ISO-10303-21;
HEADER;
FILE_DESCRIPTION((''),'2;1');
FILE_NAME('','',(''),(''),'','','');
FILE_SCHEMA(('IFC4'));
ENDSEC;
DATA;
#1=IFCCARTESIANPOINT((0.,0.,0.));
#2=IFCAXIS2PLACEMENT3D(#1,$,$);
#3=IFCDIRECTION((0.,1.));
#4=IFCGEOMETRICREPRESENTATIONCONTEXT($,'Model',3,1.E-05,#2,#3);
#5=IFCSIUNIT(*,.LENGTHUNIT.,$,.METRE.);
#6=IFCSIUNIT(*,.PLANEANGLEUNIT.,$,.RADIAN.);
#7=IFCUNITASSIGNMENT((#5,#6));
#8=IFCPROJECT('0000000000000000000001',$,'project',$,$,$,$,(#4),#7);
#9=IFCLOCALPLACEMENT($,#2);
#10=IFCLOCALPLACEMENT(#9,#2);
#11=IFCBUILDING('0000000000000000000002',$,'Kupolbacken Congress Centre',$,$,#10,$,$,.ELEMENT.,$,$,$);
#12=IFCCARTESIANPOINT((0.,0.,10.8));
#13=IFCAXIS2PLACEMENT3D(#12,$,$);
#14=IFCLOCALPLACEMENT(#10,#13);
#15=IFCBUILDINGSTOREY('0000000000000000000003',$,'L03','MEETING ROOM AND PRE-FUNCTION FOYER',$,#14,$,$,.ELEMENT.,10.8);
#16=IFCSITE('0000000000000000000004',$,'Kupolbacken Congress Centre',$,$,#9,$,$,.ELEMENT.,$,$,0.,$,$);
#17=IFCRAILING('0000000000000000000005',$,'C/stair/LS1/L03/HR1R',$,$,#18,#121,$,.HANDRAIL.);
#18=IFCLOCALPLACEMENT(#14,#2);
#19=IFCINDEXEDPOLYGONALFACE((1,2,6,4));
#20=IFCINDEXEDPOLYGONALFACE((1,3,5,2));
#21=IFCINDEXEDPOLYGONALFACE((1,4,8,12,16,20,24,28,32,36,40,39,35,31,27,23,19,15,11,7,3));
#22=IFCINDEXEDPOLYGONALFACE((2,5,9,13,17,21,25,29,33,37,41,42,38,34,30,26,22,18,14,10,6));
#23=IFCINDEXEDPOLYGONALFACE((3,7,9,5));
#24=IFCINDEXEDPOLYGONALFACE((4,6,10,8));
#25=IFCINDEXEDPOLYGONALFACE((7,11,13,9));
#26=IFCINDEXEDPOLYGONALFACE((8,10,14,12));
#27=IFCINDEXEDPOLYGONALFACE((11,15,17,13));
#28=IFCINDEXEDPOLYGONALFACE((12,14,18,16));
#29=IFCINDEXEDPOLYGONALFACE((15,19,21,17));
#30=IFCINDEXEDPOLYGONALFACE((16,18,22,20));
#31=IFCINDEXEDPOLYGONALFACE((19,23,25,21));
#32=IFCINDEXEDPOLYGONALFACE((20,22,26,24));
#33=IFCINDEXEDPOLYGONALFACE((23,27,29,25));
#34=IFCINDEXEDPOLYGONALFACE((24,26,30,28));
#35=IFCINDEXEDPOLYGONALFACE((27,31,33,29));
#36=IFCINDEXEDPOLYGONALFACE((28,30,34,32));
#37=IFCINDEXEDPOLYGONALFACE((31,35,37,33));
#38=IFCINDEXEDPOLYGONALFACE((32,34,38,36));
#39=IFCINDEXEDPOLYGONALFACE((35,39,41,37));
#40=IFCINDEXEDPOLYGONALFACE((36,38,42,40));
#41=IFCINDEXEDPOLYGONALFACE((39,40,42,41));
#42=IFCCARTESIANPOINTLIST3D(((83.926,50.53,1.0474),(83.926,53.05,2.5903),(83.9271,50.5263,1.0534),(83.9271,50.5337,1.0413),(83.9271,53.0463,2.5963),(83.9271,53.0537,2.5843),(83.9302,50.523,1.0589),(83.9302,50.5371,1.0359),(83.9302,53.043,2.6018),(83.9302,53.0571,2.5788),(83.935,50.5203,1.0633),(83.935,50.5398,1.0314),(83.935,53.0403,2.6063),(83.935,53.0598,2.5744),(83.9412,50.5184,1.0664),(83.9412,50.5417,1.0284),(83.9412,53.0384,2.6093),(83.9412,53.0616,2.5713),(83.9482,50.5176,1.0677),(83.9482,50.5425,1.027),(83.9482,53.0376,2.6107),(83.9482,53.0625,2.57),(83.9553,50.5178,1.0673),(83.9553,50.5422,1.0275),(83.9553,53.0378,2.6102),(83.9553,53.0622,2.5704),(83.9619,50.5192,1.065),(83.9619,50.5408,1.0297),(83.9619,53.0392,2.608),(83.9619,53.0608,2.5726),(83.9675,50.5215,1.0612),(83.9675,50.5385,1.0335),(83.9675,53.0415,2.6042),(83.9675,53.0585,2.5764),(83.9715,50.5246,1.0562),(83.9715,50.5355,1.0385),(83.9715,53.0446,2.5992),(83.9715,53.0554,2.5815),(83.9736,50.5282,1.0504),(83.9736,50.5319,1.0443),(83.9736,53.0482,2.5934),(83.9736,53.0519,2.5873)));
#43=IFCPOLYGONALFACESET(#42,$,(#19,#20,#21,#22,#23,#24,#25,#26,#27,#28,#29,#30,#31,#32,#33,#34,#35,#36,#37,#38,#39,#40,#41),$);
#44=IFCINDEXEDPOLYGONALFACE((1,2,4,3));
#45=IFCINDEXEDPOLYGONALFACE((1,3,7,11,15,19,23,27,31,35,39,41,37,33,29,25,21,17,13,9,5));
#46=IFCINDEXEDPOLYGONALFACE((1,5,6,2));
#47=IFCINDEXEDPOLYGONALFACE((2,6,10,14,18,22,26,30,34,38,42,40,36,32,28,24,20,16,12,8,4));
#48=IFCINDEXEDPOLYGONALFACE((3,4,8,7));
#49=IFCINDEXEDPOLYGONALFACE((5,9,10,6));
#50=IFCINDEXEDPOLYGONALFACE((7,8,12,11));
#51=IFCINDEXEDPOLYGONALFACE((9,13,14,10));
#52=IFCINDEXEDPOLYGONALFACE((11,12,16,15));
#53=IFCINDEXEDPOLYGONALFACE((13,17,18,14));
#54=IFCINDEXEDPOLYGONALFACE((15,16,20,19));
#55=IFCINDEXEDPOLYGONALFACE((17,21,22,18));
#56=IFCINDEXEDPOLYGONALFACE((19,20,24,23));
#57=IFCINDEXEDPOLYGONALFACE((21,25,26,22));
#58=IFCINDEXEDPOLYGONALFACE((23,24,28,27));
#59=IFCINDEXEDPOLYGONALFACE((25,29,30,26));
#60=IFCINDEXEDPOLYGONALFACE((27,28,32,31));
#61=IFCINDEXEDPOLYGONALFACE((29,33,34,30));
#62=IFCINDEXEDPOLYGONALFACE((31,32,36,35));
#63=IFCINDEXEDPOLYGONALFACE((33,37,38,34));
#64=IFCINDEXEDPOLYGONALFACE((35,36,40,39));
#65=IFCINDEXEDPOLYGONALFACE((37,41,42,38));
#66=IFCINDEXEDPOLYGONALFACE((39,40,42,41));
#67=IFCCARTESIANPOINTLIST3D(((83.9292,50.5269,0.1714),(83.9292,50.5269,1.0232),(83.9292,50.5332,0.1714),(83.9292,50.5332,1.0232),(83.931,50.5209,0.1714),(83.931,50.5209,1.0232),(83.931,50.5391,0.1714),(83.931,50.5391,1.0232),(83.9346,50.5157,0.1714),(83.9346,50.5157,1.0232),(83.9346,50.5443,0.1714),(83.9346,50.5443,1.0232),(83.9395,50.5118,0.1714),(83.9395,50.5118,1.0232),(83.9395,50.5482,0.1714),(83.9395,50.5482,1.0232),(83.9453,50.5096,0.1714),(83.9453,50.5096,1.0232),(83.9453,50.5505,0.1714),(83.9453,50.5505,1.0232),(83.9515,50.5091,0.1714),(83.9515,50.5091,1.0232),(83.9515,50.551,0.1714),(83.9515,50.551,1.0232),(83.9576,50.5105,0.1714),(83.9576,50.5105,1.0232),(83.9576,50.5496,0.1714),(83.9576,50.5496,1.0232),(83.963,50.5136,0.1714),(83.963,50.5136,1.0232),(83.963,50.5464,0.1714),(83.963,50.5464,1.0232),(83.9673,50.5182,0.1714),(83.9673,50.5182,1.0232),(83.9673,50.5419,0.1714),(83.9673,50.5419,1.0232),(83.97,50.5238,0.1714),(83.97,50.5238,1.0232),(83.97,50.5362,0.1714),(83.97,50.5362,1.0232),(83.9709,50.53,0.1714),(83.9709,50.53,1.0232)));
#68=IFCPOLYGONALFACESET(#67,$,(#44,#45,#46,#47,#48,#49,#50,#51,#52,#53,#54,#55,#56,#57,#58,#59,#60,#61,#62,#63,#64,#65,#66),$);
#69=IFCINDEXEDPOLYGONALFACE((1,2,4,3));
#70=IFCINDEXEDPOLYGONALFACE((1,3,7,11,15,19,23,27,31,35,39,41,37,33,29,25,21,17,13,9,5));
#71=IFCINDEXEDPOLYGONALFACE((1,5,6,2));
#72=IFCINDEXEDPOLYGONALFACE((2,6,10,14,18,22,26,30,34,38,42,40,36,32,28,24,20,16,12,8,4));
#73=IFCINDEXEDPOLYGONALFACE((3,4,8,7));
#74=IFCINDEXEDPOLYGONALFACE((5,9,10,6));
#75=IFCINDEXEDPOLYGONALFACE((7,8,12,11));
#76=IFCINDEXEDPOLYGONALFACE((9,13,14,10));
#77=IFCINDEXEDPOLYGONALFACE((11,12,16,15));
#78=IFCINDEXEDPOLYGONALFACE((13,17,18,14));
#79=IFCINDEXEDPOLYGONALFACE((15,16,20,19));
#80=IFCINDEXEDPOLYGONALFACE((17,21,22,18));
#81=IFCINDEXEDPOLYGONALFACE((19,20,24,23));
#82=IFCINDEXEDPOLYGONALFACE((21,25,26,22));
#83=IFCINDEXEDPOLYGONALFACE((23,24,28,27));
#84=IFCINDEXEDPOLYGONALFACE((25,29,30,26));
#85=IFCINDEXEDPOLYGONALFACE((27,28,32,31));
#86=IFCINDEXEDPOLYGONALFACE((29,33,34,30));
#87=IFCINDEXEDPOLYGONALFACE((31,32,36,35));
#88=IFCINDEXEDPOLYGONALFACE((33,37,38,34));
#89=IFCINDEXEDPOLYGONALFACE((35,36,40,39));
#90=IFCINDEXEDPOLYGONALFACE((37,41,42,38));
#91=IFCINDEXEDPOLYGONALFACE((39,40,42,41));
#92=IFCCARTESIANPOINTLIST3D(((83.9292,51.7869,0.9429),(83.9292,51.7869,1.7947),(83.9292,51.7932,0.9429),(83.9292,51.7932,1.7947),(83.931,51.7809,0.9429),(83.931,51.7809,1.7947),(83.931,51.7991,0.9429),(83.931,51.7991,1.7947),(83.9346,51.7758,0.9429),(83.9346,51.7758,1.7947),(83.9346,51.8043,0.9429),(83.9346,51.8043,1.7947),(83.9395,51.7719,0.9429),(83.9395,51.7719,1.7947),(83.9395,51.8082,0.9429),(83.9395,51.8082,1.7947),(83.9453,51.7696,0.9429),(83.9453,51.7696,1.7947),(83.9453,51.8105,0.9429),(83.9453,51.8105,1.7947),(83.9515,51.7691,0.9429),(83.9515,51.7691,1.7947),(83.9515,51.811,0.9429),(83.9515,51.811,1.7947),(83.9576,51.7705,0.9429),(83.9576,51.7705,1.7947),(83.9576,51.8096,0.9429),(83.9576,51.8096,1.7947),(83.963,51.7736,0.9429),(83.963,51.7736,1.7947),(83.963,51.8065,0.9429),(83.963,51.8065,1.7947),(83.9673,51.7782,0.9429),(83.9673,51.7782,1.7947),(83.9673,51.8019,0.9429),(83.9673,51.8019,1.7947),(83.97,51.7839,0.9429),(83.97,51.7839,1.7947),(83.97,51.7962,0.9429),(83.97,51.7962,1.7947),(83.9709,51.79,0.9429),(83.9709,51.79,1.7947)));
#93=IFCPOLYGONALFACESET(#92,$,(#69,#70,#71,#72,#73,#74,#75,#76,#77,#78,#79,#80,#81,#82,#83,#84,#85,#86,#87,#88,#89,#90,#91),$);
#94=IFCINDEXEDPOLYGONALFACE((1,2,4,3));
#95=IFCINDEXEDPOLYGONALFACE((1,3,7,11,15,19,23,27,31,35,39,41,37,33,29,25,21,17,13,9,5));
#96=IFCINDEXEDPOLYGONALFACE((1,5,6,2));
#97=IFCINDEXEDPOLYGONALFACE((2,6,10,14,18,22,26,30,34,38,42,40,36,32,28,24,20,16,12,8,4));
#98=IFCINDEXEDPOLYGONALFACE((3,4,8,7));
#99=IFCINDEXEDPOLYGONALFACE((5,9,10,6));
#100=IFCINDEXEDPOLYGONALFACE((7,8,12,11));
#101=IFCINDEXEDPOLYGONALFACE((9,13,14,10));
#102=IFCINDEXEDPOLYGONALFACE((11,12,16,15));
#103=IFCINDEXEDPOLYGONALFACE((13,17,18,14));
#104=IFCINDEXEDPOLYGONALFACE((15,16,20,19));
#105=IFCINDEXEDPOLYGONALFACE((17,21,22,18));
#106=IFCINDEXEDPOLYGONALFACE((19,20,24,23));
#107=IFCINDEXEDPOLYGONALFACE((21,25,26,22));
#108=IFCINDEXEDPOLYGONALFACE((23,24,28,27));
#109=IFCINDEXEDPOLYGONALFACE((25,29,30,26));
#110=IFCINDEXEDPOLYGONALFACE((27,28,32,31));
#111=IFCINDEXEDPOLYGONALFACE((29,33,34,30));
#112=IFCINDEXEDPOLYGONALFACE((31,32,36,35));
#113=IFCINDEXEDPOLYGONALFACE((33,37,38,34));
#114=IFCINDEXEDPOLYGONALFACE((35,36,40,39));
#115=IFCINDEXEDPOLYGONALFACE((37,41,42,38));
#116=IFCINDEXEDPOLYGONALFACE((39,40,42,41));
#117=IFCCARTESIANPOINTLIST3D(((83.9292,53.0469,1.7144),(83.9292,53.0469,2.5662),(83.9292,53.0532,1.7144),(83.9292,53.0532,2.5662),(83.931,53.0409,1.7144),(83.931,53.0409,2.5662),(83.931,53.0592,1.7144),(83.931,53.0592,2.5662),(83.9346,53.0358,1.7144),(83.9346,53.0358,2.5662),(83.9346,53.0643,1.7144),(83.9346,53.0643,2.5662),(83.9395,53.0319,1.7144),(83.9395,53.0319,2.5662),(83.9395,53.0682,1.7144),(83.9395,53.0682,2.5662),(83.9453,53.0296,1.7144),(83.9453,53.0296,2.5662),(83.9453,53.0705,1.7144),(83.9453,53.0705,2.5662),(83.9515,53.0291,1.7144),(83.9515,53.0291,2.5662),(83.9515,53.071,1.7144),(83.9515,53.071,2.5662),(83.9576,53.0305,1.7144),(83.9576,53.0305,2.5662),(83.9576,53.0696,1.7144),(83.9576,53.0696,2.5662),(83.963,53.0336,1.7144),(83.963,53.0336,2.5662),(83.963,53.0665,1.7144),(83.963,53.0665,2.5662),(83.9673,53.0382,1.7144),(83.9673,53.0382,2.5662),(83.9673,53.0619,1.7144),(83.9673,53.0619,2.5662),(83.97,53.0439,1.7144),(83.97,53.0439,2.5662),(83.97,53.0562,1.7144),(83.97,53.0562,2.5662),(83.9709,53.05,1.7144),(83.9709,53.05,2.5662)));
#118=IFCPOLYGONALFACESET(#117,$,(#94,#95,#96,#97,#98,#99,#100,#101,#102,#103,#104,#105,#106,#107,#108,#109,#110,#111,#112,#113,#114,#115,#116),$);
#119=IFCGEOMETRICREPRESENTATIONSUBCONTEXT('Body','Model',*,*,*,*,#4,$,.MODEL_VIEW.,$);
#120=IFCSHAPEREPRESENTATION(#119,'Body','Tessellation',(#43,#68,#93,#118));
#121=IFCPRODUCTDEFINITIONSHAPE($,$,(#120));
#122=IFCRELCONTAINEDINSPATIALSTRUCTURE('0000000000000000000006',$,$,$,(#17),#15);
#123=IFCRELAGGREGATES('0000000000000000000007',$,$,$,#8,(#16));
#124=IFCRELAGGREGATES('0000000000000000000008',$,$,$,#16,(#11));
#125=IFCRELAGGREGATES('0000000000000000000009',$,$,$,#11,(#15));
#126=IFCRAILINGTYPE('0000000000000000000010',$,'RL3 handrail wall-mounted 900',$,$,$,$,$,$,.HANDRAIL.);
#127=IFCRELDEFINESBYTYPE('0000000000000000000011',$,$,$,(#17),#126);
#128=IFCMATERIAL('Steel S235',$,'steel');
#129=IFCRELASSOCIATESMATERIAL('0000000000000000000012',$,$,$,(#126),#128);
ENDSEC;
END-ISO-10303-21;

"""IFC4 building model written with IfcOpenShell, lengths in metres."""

from ifc_helpers import new_model, si_unit, direction, frame, origin, origin_2d, place, context, subcontext, project, spatial, circle, extrude, material, type_object, element, save


model = new_model("IFC4")

# Units and contexts
model_context = context("Model", 3, precision=1e-05, world=origin(), true_north=direction((0.0, 1.0)))
body_context = subcontext(model_context, "Body", "Model", "MODEL_VIEW")
ifc_project = project(units=[si_unit("LENGTHUNIT", "METRE"), si_unit("PLANEANGLEUNIT", "RADIAN")], contexts=[model_context])

# Site, building, storey
site_placement = place(None, origin())
site = spatial("IfcSite", under=ifc_project, at=site_placement, Name="Kupolbacken Congress Centre", CompositionType="ELEMENT", RefElevation=0.0)
building_placement = place(site_placement, origin())
building = spatial("IfcBuilding", under=site, at=building_placement, Name="Kupolbacken Congress Centre", CompositionType="ELEMENT")
storey_placement = place(building_placement, frame((0.0, 0.0, 10.8)))
storey = spatial("IfcBuildingStorey", under=building, at=storey_placement, Name="L03", Description="MEETING ROOM AND PRE-FUNCTION FOYER", CompositionType="ELEMENT", Elevation=10.8)

# Railing
ifc_material_1 = material(Name="Steel S235", Category="steel")
railing_type = type_object("IfcRailingType", Name="RL3 handrail wall-mounted 900", PredefinedType="HANDRAIL", material=ifc_material_1)
for number, where, name in (
    (1, (83.95, 50.53, 0.1714), "C/stair/LS1/L03/HR1R"),
):
    element("IfcRailing", number, at=place(storey_placement, frame(where)), inside=storey, type_object=railing_type, Name=name, PredefinedType="HANDRAIL", context=body_context, shape_type="SweptSolid", body=[
        extrude(circle(Radius=0.0239, at=origin_2d()), frame((0.0, 0.0, 0.876), z_axis=(0.0, 0.852836, 0.522178), x_axis=(-1.0, 0.0, 0.0)), (0.0, 0.0, 1.0), 2.9548),
        extrude(circle(Radius=0.021, at=origin_2d()), origin(), (0.0, 0.0, 1.0), 0.8518),
        extrude(circle(Radius=0.021, at=origin_2d()), frame((0.0, 1.26, 0.7715)), (0.0, 0.0, 1.0), 0.8518),
        extrude(circle(Radius=0.021, at=origin_2d()), frame((0.0, 2.52, 1.543)), (0.0, 0.0, 1.0), 0.8518),
    ])

save(model, "model.ifc")
